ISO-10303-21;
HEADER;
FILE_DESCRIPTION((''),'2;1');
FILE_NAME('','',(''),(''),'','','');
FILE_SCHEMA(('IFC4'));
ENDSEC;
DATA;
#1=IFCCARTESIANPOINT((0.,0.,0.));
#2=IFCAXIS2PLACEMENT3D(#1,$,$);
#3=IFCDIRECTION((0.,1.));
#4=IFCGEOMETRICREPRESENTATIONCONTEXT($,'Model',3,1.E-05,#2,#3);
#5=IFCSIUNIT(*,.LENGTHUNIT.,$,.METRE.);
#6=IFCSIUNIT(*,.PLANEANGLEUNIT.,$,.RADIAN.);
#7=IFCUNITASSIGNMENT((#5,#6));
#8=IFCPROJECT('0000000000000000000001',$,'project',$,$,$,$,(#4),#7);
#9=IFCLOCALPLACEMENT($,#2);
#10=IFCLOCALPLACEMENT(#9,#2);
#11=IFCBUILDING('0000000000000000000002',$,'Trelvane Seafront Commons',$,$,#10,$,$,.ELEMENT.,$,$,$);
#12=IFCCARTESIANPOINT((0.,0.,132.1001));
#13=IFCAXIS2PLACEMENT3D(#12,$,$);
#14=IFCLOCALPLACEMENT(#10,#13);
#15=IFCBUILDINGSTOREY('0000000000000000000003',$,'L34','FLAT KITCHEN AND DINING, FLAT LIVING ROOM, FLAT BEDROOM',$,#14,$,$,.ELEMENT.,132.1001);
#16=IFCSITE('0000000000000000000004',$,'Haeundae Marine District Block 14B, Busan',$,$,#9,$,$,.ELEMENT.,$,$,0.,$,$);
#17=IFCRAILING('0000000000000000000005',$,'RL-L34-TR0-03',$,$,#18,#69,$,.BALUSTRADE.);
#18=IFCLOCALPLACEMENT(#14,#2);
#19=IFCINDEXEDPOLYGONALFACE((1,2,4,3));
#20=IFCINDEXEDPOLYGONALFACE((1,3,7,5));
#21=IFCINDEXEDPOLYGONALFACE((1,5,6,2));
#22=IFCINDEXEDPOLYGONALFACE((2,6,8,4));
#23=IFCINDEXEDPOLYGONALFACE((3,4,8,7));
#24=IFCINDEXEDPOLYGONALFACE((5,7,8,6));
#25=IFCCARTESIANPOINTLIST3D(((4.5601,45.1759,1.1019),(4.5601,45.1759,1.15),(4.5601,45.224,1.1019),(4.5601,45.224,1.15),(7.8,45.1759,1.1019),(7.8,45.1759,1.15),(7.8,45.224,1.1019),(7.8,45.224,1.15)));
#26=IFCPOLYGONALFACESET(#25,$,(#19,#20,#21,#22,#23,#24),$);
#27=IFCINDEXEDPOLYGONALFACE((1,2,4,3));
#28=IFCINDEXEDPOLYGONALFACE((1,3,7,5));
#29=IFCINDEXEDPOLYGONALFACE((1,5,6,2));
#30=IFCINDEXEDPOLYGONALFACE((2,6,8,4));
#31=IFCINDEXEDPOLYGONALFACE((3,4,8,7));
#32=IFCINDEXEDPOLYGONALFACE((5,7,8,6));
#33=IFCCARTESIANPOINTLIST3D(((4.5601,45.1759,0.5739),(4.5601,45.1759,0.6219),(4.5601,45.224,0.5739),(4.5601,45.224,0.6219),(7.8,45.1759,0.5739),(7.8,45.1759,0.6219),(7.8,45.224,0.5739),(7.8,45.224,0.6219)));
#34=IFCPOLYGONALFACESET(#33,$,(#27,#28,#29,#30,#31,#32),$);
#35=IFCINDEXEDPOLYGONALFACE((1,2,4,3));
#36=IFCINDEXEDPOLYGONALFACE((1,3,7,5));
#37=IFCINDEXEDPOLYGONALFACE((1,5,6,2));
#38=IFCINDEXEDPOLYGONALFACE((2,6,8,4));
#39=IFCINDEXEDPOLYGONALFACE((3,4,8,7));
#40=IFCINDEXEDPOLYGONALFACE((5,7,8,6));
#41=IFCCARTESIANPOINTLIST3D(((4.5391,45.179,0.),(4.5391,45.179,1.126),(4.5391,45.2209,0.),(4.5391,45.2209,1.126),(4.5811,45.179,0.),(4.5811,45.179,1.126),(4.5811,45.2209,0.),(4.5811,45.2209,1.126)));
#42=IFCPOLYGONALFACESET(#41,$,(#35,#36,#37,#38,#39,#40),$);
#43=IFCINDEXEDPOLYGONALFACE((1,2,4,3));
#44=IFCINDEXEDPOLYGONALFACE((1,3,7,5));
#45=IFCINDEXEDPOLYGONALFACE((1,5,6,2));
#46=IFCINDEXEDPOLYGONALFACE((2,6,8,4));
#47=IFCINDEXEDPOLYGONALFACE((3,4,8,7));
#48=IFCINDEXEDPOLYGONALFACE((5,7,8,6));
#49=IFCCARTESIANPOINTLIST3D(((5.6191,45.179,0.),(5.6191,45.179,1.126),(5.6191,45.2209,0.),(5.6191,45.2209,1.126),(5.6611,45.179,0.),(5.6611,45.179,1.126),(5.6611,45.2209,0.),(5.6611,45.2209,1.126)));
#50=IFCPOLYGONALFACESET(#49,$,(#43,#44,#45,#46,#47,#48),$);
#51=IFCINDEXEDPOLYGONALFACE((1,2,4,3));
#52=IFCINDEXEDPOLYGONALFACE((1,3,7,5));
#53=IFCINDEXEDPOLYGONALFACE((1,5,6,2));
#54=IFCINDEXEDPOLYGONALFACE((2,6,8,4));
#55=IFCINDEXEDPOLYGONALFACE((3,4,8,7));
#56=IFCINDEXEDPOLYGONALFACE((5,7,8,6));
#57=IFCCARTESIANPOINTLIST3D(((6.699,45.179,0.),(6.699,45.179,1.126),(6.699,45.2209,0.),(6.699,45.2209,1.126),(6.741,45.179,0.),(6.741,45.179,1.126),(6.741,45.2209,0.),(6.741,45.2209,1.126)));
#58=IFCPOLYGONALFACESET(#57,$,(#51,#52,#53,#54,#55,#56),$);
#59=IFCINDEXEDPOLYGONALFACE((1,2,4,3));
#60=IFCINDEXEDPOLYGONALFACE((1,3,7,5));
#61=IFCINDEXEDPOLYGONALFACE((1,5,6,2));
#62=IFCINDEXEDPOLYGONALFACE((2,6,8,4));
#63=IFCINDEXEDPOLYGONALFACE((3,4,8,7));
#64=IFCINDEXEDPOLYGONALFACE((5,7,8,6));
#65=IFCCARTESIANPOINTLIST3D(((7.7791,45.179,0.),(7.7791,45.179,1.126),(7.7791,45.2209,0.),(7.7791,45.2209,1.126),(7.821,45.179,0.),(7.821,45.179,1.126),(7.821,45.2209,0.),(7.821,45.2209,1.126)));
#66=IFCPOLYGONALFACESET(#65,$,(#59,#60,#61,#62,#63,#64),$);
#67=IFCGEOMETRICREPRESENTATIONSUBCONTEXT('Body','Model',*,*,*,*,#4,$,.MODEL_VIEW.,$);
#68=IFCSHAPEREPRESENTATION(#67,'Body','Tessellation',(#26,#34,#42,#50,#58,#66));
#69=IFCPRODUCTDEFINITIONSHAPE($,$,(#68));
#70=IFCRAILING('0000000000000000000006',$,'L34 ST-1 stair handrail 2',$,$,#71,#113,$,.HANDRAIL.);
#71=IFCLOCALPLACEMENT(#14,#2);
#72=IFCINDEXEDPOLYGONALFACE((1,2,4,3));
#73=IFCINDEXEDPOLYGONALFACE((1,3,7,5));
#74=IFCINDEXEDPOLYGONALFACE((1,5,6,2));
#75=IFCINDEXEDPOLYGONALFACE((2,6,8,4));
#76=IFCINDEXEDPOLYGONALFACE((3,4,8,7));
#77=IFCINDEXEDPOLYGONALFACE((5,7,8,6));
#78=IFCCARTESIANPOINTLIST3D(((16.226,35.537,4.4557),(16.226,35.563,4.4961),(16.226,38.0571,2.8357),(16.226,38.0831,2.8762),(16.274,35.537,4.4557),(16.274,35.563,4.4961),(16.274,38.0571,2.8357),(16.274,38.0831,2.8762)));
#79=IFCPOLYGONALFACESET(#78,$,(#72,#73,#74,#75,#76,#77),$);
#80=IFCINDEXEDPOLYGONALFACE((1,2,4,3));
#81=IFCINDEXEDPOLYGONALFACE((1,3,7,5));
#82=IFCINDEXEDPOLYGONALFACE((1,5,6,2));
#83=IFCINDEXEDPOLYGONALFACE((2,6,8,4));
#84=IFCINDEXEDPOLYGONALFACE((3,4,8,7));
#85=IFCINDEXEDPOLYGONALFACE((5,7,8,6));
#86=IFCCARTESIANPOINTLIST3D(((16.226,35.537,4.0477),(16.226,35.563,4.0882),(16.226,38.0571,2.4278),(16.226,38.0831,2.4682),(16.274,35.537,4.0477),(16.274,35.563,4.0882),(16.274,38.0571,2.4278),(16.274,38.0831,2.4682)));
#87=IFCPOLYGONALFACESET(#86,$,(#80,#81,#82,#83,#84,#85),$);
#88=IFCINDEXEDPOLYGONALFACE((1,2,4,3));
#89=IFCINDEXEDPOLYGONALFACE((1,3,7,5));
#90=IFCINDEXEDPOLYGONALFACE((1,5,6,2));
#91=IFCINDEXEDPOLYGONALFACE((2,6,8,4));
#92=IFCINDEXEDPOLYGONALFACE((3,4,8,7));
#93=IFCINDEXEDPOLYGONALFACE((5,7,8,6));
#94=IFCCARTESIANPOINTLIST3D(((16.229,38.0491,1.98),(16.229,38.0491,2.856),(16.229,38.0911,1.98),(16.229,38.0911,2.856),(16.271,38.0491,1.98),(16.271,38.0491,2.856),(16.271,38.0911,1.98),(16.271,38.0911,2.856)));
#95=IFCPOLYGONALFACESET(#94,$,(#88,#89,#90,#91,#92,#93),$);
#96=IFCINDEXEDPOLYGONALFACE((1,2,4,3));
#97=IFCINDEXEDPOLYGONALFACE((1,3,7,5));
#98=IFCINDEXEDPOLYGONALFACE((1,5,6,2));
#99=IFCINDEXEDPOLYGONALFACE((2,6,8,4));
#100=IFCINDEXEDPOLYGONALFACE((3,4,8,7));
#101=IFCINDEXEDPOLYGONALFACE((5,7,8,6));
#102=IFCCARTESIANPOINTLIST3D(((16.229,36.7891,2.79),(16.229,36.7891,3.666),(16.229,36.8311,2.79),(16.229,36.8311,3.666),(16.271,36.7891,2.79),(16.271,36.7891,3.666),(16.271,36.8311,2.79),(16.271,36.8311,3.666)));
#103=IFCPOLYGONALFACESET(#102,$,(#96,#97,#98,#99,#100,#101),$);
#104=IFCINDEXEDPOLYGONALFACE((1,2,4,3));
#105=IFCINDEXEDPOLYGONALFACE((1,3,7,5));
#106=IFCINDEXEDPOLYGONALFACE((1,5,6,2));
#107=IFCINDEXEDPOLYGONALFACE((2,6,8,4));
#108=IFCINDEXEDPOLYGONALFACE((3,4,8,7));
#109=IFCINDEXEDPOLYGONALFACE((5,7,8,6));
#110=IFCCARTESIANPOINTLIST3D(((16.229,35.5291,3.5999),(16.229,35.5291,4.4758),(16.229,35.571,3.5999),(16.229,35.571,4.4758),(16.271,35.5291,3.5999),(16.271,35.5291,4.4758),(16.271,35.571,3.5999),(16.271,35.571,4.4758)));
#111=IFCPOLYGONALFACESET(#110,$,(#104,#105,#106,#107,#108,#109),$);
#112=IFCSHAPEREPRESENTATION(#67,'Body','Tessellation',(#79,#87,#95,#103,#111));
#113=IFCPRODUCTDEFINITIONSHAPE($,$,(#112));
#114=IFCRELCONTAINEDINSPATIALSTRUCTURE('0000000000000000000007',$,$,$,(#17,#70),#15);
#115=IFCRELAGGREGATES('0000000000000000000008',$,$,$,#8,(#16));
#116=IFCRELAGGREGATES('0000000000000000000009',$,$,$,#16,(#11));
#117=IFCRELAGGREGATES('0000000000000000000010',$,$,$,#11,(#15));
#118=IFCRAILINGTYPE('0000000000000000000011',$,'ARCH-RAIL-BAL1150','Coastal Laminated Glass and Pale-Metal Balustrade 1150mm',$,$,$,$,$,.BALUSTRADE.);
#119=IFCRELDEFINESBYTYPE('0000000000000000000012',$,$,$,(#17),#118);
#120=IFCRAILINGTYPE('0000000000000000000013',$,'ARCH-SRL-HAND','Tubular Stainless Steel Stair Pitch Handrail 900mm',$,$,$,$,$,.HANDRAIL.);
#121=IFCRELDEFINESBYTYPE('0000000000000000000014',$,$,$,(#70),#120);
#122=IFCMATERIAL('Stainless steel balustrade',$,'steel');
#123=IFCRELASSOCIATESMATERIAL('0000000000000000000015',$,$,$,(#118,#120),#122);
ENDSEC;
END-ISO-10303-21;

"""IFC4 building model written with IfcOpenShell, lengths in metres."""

from ifc_helpers import new_model, si_unit, direction, frame, origin, origin_2d, place, context, subcontext, project, spatial, rectangle, extrude, material, type_object, element, save


model = new_model("IFC4")

# Units and contexts
model_context = context("Model", 3, precision=1e-05, world=origin(), true_north=direction((0.0, 1.0)))
body_context = subcontext(model_context, "Body", "Model", "MODEL_VIEW")
ifc_project = project(units=[si_unit("LENGTHUNIT", "METRE"), si_unit("PLANEANGLEUNIT", "RADIAN")], contexts=[model_context])

# Site, building, storey
site_placement = place(None, origin())
site = spatial("IfcSite", under=ifc_project, at=site_placement, Name="Haeundae Marine District Block 14B, Busan", CompositionType="ELEMENT", RefElevation=0.0)
building_placement = place(site_placement, origin())
building = spatial("IfcBuilding", under=site, at=building_placement, Name="Trelvane Seafront Commons", CompositionType="ELEMENT")
storey_placement = place(building_placement, frame((0.0, 0.0, 132.1001)))
storey = spatial("IfcBuildingStorey", under=building, at=storey_placement, Name="L34", Description="FLAT KITCHEN AND DINING, FLAT LIVING ROOM, FLAT BEDROOM", CompositionType="ELEMENT", Elevation=132.1001)

# Railings
ifc_material_1 = material(Name="Stainless steel balustrade", Category="steel")
railing_type_1 = type_object("IfcRailingType", Name="ARCH-RAIL-BAL1150", Description="Coastal Laminated Glass and Pale-Metal Balustrade 1150mm", PredefinedType="BALUSTRADE", material=ifc_material_1)
railing_1_placement = place(storey_placement, frame((4.5601, 45.2, 0.0)))
element("IfcRailing", 1, at=railing_1_placement, inside=storey, type_object=railing_type_1, Name="RL-L34-TR0-03", PredefinedType="BALUSTRADE", context=body_context, shape_type="SweptSolid", body=[
    extrude(rectangle(XDim=0.0481, YDim=0.0481, at=origin_2d()), frame((0.0, 0.0, 1.126), z_axis=(1.0, 0.0, 0.0), x_axis=(0.0, 1.0, 0.0)), (0.0, 0.0, 1.0), 3.24),
    extrude(rectangle(XDim=0.0481, YDim=0.0481, at=origin_2d()), frame((0.0, 0.0, 0.5979), z_axis=(1.0, 0.0, 0.0), x_axis=(0.0, 1.0, 0.0)), (0.0, 0.0, 1.0), 3.24),
    extrude(rectangle(XDim=0.042, YDim=0.042, at=origin_2d()), origin(), (0.0, 0.0, 1.0), 1.126),
    extrude(rectangle(XDim=0.042, YDim=0.042, at=origin_2d()), frame((1.0801, 0.0, 0.0)), (0.0, 0.0, 1.0), 1.126),
    extrude(rectangle(XDim=0.042, YDim=0.042, at=origin_2d()), frame((2.1599, 0.0, 0.0)), (0.0, 0.0, 1.0), 1.126),
    extrude(rectangle(XDim=0.042, YDim=0.042, at=origin_2d()), frame((3.24, 0.0, 0.0)), (0.0, 0.0, 1.0), 1.126),
])
railing_type_2 = type_object("IfcRailingType", Name="ARCH-SRL-HAND", Description="Tubular Stainless Steel Stair Pitch Handrail 900mm", PredefinedType="HANDRAIL", material=ifc_material_1)
railing_2_placement = place(storey_placement, frame((16.25, 38.0701, 1.98)))
element("IfcRailing", 2, at=railing_2_placement, inside=storey, type_object=railing_type_2, Name="L34 ST-1 stair handrail 2", PredefinedType="HANDRAIL", context=body_context, shape_type="SweptSolid", body=[
    extrude(rectangle(XDim=0.0481, YDim=0.0481, at=origin_2d()), frame((0.0, 0.0, 0.876), z_axis=(0.0, -0.8412, 0.540725), x_axis=(1.0, 0.0, 0.0)), (0.0, 0.0, 1.0), 2.9958),
    extrude(rectangle(XDim=0.0481, YDim=0.0481, at=origin_2d()), frame((0.0, 0.0, 0.468), z_axis=(0.0, -0.8412, 0.540725), x_axis=(1.0, 0.0, 0.0)), (0.0, 0.0, 1.0), 2.9958),
    extrude(rectangle(XDim=0.042, YDim=0.042, at=origin_2d()), origin(), (0.0, 0.0, 1.0), 0.876),
    extrude(rectangle(XDim=0.042, YDim=0.042, at=origin_2d()), frame((0.0, -1.26, 0.8101)), (0.0, 0.0, 1.0), 0.876),
    extrude(rectangle(XDim=0.042, YDim=0.042, at=origin_2d()), frame((0.0, -2.52, 1.6199)), (0.0, 0.0, 1.0), 0.876),
])

save(model, "model.ifc")
